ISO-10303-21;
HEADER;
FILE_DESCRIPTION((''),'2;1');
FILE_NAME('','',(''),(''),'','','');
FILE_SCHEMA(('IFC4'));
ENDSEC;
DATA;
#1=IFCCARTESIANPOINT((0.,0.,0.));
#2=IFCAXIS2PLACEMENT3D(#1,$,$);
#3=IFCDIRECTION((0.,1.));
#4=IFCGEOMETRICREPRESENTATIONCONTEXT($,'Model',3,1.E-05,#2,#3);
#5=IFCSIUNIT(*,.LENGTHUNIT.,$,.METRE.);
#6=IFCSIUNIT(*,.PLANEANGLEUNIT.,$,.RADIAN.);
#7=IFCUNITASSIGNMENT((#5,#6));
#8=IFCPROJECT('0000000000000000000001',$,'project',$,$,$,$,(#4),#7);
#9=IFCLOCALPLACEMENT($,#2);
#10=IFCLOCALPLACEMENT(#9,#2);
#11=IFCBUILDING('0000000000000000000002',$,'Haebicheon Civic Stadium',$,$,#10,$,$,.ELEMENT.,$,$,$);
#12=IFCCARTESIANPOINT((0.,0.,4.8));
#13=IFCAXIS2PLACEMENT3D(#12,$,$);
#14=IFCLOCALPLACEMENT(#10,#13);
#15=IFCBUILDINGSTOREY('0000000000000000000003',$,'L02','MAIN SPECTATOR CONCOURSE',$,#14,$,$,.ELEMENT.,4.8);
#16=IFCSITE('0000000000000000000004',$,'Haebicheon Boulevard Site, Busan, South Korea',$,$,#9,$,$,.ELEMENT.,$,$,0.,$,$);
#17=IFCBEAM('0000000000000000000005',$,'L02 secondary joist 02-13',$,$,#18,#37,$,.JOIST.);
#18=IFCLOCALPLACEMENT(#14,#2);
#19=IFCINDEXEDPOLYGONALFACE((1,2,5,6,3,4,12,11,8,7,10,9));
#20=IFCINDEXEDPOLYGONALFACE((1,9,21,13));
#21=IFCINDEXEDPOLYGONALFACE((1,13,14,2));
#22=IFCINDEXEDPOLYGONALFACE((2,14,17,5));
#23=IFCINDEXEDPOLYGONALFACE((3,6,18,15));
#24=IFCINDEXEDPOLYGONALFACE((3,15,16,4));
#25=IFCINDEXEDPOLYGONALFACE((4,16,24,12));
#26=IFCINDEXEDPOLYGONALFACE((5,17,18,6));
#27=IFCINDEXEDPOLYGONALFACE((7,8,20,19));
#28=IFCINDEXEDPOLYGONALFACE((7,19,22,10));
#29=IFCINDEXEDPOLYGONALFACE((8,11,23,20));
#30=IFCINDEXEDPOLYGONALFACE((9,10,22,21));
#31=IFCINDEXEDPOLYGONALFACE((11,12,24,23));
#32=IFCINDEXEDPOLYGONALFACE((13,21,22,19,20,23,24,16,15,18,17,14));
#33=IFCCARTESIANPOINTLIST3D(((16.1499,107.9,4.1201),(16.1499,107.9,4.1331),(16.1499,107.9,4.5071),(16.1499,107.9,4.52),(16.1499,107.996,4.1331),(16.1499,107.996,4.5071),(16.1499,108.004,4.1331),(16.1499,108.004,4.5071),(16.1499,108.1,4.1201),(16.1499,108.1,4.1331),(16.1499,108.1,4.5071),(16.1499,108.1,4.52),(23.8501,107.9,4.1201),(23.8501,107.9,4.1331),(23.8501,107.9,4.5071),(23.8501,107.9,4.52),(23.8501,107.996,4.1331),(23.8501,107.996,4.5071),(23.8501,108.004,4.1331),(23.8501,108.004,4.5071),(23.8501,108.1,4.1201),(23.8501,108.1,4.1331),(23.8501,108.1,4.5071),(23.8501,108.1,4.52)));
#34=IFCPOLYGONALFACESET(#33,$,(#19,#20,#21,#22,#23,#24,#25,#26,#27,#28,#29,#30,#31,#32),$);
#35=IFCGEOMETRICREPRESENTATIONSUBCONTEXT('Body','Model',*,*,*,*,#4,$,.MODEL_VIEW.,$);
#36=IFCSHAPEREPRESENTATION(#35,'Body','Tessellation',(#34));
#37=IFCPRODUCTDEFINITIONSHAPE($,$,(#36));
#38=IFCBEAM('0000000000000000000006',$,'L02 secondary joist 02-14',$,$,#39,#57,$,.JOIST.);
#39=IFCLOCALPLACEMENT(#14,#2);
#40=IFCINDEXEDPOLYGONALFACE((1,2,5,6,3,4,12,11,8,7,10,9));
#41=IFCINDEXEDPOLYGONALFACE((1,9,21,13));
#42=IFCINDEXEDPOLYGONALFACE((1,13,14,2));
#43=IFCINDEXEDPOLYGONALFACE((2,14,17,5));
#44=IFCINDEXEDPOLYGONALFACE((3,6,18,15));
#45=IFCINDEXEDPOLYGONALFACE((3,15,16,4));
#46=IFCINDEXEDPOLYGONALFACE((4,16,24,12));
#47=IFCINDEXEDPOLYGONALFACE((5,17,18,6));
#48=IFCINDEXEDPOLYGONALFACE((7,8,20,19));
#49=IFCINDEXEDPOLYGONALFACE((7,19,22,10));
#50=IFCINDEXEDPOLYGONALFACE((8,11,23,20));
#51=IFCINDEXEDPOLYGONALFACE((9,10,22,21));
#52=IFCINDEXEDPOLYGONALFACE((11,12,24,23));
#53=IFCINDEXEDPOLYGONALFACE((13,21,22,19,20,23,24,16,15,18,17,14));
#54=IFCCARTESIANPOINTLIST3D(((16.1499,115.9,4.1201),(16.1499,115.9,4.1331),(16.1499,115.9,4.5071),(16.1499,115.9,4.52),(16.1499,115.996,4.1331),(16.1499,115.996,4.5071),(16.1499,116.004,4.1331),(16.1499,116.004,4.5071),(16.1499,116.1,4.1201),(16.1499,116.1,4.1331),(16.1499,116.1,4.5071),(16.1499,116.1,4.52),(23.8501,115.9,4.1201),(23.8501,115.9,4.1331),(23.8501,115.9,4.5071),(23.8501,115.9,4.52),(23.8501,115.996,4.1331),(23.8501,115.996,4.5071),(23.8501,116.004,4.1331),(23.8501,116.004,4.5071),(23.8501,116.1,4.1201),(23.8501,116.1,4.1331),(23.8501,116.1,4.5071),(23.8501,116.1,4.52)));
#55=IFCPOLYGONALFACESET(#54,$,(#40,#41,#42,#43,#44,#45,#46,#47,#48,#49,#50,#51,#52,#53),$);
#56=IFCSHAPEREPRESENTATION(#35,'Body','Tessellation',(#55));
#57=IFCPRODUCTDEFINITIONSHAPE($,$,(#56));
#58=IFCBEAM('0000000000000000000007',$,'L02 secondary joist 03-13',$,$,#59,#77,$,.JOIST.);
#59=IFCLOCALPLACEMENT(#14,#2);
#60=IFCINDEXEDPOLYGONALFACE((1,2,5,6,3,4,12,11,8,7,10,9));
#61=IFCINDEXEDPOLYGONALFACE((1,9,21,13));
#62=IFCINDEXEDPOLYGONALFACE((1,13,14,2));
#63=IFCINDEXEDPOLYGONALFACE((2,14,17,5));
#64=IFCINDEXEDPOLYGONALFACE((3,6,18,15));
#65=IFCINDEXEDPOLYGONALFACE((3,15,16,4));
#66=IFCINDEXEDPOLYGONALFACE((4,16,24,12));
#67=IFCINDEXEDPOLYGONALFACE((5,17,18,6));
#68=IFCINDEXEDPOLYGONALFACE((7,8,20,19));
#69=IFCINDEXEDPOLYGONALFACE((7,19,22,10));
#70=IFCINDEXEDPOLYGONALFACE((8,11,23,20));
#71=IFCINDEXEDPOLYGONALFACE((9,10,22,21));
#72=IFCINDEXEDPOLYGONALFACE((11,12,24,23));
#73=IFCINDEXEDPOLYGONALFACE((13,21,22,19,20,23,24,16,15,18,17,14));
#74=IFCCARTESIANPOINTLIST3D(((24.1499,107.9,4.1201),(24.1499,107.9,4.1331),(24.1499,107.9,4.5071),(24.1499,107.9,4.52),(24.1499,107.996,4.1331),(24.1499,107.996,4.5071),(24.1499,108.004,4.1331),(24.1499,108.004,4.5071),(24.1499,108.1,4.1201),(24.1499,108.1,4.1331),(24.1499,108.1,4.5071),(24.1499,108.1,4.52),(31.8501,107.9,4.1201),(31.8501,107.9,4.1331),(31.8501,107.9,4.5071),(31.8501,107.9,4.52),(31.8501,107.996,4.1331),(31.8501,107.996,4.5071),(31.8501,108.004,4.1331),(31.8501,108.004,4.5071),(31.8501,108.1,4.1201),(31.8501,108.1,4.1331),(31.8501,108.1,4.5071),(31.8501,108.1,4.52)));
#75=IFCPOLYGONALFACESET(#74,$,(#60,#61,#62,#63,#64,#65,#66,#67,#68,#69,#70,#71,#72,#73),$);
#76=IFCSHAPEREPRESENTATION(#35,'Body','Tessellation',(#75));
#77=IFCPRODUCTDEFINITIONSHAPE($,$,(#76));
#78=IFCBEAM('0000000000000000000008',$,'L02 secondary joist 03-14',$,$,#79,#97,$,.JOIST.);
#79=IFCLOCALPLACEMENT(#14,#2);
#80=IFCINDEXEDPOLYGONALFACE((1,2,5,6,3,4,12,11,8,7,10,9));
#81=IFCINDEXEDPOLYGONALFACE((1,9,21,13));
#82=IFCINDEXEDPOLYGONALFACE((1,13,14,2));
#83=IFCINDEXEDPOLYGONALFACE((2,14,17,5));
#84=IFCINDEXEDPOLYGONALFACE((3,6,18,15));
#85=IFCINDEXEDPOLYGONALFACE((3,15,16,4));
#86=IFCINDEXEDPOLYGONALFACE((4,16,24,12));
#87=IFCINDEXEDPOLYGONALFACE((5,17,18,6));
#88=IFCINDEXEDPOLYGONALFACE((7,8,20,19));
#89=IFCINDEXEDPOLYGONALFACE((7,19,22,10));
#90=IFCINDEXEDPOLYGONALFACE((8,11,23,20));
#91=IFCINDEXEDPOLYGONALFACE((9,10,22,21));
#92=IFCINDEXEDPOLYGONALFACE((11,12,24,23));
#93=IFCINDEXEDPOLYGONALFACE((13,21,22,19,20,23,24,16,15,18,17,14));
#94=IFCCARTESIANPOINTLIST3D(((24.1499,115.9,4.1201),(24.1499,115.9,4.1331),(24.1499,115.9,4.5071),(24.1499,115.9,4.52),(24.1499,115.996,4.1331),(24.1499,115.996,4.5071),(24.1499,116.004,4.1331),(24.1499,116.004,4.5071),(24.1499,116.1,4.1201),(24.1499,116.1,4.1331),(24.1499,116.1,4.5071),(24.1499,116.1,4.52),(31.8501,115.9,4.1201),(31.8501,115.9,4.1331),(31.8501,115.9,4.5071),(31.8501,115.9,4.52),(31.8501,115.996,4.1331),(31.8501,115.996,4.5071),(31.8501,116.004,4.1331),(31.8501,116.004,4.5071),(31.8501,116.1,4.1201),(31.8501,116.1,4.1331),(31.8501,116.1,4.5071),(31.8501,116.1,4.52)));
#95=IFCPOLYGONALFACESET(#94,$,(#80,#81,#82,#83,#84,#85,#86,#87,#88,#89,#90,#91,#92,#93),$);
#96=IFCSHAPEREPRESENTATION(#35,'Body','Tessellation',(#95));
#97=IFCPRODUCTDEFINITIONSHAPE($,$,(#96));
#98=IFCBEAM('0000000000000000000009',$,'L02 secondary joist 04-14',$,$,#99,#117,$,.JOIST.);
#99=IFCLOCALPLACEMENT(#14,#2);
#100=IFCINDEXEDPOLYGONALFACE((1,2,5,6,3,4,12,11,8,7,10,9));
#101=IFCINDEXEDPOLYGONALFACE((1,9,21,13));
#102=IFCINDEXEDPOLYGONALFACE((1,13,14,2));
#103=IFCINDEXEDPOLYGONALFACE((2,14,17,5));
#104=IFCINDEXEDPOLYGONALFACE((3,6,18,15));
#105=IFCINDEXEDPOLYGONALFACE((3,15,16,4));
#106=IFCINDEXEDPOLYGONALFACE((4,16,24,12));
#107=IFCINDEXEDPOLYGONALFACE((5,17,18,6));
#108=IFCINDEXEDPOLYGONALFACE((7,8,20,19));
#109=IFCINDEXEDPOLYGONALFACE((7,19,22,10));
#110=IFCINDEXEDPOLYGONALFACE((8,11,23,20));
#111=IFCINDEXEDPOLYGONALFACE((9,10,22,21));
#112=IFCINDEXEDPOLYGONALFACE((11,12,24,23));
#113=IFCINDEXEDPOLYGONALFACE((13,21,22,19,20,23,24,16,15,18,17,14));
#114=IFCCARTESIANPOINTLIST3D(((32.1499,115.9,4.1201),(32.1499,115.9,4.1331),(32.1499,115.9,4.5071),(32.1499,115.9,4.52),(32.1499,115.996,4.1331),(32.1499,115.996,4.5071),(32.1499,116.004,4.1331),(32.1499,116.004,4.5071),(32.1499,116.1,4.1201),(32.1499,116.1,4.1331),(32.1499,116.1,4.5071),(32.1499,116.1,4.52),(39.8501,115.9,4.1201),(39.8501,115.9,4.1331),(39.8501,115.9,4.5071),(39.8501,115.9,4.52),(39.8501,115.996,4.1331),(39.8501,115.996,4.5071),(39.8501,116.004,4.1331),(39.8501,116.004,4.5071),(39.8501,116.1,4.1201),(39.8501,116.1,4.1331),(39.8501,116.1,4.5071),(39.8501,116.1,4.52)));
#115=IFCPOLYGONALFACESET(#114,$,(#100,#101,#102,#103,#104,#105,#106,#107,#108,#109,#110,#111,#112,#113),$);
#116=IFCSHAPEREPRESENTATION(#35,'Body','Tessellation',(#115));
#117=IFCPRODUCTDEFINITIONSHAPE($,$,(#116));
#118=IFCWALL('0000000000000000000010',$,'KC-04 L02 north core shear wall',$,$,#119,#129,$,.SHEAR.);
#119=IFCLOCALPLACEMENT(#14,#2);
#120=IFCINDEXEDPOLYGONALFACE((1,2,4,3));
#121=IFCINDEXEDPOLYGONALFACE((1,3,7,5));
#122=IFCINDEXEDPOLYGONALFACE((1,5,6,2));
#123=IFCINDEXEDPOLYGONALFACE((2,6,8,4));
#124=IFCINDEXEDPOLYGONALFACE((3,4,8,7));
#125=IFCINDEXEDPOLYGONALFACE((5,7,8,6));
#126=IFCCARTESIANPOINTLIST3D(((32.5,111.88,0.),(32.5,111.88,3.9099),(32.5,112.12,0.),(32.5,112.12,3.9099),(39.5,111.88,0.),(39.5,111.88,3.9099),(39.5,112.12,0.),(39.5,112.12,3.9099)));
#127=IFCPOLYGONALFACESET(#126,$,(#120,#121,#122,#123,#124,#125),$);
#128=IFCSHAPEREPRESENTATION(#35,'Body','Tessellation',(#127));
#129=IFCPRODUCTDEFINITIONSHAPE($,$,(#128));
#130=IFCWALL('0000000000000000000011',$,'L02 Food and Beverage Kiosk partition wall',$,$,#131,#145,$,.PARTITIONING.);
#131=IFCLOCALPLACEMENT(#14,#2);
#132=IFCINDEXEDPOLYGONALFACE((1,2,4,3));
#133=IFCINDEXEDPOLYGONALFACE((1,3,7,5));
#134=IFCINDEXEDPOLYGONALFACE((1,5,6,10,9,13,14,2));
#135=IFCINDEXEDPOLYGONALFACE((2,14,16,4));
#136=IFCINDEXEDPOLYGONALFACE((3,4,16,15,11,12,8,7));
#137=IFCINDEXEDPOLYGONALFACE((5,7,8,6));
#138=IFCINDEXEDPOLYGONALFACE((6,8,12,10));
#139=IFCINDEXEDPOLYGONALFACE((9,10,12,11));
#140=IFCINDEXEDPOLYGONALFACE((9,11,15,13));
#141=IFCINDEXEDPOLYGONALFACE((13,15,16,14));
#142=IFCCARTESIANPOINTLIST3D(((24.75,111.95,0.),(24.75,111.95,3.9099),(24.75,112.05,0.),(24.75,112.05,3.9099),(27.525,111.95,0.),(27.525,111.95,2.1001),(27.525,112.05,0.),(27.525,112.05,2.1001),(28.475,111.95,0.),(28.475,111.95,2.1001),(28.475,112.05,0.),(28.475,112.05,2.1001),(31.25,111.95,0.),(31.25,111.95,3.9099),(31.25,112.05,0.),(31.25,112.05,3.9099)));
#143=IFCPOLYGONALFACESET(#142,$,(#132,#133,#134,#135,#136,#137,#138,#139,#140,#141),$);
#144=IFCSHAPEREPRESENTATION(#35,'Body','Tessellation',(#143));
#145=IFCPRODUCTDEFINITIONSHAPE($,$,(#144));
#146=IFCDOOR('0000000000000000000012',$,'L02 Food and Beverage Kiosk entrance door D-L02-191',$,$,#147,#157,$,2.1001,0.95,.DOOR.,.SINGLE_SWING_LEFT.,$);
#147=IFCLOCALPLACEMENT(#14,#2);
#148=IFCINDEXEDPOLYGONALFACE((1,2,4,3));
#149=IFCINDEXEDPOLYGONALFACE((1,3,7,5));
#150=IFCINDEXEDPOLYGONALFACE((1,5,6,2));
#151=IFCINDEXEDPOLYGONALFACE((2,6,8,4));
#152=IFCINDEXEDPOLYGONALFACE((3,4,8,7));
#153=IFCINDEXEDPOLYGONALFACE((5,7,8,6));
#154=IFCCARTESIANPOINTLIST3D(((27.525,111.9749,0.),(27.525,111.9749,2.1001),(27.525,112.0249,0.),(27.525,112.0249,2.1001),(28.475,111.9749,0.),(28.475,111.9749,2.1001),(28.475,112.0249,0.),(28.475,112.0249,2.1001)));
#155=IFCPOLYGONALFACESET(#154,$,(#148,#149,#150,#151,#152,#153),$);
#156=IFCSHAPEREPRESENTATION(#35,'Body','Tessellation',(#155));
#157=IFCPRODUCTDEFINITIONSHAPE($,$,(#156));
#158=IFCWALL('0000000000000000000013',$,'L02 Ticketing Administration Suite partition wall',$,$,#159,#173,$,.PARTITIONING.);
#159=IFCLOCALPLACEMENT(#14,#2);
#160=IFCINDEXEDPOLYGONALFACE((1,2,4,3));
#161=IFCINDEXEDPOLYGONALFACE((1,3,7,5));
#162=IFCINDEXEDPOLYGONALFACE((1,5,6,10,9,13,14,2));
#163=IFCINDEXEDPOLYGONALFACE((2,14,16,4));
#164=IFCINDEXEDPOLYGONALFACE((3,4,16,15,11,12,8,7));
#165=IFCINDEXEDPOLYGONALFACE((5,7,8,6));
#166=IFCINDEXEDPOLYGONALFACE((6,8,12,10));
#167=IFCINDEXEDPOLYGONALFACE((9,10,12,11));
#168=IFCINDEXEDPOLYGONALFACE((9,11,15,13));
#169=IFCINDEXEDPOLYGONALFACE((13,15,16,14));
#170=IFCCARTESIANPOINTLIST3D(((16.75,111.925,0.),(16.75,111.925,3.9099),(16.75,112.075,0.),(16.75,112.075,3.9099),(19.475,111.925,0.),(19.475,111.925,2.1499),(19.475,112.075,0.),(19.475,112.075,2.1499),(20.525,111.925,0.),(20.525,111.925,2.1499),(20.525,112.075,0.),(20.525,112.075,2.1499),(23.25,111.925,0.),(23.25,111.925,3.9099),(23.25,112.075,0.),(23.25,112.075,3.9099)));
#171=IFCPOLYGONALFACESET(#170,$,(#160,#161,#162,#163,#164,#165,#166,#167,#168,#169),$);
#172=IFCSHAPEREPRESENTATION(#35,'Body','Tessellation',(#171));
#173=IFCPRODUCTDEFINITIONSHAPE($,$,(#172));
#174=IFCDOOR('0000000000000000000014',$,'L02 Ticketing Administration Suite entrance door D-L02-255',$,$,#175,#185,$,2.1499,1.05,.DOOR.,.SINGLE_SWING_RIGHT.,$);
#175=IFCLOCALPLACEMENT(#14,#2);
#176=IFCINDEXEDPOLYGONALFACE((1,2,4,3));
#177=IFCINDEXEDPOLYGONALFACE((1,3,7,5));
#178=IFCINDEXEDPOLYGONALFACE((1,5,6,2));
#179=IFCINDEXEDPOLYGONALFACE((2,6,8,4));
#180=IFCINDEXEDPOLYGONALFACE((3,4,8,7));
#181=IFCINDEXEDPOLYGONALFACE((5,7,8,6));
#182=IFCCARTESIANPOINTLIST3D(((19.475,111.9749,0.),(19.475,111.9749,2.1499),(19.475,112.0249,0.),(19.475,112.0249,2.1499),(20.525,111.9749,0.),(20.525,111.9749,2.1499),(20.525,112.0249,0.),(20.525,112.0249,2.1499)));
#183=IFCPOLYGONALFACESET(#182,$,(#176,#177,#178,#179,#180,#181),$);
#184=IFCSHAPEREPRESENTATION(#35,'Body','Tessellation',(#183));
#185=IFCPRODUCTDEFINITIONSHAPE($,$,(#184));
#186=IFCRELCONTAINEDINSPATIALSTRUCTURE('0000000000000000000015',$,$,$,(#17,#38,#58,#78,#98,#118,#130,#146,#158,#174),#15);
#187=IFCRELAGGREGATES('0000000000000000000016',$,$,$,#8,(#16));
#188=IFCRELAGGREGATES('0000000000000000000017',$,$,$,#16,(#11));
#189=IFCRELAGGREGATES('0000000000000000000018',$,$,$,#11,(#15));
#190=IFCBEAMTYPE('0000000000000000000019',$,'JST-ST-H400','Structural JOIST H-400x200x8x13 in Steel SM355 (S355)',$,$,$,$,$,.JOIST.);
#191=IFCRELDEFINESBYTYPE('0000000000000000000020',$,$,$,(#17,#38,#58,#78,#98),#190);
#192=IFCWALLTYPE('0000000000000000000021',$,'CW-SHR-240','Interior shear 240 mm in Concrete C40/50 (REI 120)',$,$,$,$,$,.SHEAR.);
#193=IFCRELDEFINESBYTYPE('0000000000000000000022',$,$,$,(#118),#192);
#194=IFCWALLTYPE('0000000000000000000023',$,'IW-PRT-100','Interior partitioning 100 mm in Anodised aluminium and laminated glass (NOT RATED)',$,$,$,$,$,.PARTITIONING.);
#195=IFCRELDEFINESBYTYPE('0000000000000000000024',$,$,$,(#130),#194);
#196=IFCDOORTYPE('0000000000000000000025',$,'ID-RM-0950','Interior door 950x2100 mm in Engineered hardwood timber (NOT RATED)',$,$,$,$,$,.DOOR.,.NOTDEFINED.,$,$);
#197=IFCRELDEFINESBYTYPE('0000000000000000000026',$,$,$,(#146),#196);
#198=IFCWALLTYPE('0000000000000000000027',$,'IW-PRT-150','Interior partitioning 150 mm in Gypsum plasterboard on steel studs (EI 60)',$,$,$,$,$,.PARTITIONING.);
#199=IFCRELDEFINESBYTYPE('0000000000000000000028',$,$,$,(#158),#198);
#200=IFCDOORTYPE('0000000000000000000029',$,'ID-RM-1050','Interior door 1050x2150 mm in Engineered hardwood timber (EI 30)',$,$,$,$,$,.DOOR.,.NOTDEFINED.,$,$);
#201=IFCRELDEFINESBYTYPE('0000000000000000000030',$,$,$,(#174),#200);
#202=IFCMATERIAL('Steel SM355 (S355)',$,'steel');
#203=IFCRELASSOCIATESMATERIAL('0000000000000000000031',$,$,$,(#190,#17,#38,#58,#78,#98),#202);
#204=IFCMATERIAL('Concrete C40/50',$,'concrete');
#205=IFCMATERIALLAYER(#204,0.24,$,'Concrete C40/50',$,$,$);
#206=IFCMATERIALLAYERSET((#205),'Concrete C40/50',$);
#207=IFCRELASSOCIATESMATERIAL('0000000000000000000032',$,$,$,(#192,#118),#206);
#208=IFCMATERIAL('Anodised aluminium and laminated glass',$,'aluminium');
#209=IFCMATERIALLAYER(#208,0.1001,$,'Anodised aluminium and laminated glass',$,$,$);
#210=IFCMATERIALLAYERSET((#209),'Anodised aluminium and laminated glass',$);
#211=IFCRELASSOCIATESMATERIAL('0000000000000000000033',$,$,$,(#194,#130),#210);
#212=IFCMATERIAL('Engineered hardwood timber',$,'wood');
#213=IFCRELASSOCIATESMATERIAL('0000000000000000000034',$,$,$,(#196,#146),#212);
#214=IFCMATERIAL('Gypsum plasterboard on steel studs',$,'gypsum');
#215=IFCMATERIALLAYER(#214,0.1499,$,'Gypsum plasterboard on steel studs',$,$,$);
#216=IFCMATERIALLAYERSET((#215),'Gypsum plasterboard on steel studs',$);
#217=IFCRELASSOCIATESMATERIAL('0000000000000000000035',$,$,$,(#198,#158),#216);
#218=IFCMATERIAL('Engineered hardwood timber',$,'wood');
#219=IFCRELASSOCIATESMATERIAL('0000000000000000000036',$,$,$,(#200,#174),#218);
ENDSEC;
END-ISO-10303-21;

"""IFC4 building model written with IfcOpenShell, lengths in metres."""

from ifc_helpers import new_model, si_unit, direction, frame, frame_2d, origin, origin_2d, place, context, subcontext, project, spatial, rectangle, i_section, extrude, material, layer, layer_set, material_profile, profile_set, type_object, element, fill, save


model = new_model("IFC4")

# Units and contexts
model_context = context("Model", 3, precision=1e-05, world=origin(), true_north=direction((0.0, 1.0)))
body_context = subcontext(model_context, "Body", "Model", "MODEL_VIEW")
ifc_project = project(units=[si_unit("LENGTHUNIT", "METRE"), si_unit("PLANEANGLEUNIT", "RADIAN")], contexts=[model_context])

# Site, building, storey
site_placement = place(None, origin())
site = spatial("IfcSite", under=ifc_project, at=site_placement, Name="Haebicheon Boulevard Site, Busan, South Korea", CompositionType="ELEMENT", RefElevation=0.0)
building_placement = place(site_placement, origin())
building = spatial("IfcBuilding", under=site, at=building_placement, Name="Haebicheon Civic Stadium", CompositionType="ELEMENT")
storey_placement = place(building_placement, frame((0.0, 0.0, 4.8)))
storey = spatial("IfcBuildingStorey", under=building, at=storey_placement, Name="L02", Description="MAIN SPECTATOR CONCOURSE", CompositionType="ELEMENT", Elevation=4.8)

# Beams
ifc_material_1 = material(Name="Steel SM355 (S355)", Category="steel")
ifc_material_profile_1 = material_profile(ifc_material_1, i_section(OverallWidth=0.2, OverallDepth=0.3999, WebThickness=0.0081, FlangeThickness=0.0129, at=origin_2d()), Name="H-400x200x8x13")
ifc_profile_set_1 = profile_set([ifc_material_profile_1], Name="Steel SM355 (S355)")
beam_type_1 = type_object("IfcBeamType", Name="JST-ST-H400", Description="Structural JOIST H-400x200x8x13 in Steel SM355 (S355)", PredefinedType="JOIST", material=ifc_profile_set_1)
for number, where, z_axis, x_axis, name in (
    (1, (16.1499, 108.0, 4.3201), (1.0, 0.0, 0.0), (0.0, 1.0, 0.0), "L02 secondary joist 02-13"),
    (2, (16.1499, 116.0, 4.3201), (1.0, 0.0, 0.0), (0.0, 1.0, 0.0), "L02 secondary joist 02-14"),
    (3, (24.1499, 108.0, 4.3201), (1.0, 0.0, 0.0), (0.0, 1.0, 0.0), "L02 secondary joist 03-13"),
    (4, (24.1499, 116.0, 4.3201), (1.0, 0.0, 0.0), (0.0, 1.0, 0.0), "L02 secondary joist 03-14"),
    (5, (32.1499, 116.0, 4.3201), (1.0, 0.0, 0.0), (0.0, 1.0, 0.0), "L02 secondary joist 04-14"),
):
    element("IfcBeam", number, at=place(storey_placement, frame(where, z_axis=z_axis, x_axis=x_axis)), inside=storey, type_object=beam_type_1, material=ifc_profile_set_1, Name=name, PredefinedType="JOIST", context=body_context, shape_type="SweptSolid", body=[
        extrude(i_section(OverallWidth=0.2, OverallDepth=0.3999, WebThickness=0.0081, FlangeThickness=0.0129, at=origin_2d()), origin(), (0.0, 0.0, 1.0), 7.7002),
    ])

# Wall
ifc_material_2 = material(Name="Concrete C40/50", Category="concrete")
ifc_layer_1 = layer(ifc_material_2, 0.24, Name="Concrete C40/50")
ifc_layer_set_1 = layer_set([ifc_layer_1], Name="Concrete C40/50")
wall_type_1 = type_object("IfcWallType", Name="CW-SHR-240", Description="Interior shear 240 mm in Concrete C40/50 (REI 120)", PredefinedType="SHEAR", material=ifc_layer_set_1)
wall_1_placement = place(storey_placement, frame((32.5, 112.0, 0.0), z_axis=(0.0, 0.0, 1.0), x_axis=(1.0, 0.0, 0.0)))
element("IfcWall", 6, at=wall_1_placement, inside=storey, type_object=wall_type_1, material=ifc_layer_set_1, Name="KC-04 L02 north core shear wall", PredefinedType="SHEAR", context=body_context, shape_type="SweptSolid", body=[
    extrude(rectangle(XDim=7.0, YDim=0.24, at=frame_2d((3.5, 0.0))), origin(), (0.0, 0.0, 1.0), 3.9099),
])

# Walls, openings, doors
ifc_material_3 = material(Name="Anodised aluminium and laminated glass", Category="aluminium")
ifc_layer_2 = layer(ifc_material_3, 0.1001, Name="Anodised aluminium and laminated glass")
ifc_layer_set_2 = layer_set([ifc_layer_2], Name="Anodised aluminium and laminated glass")
wall_type_2 = type_object("IfcWallType", Name="IW-PRT-100", Description="Interior partitioning 100 mm in Anodised aluminium and laminated glass (NOT RATED)", PredefinedType="PARTITIONING", material=ifc_layer_set_2)
wall_2_placement = place(storey_placement, frame((24.75, 112.0, 0.0), z_axis=(0.0, 0.0, 1.0), x_axis=(1.0, 0.0, 0.0)))
wall_2 = element("IfcWall", 7, at=wall_2_placement, inside=storey, type_object=wall_type_2, material=ifc_layer_set_2, Name="L02 Food and Beverage Kiosk partition wall", PredefinedType="PARTITIONING", context=body_context, shape_type="SweptSolid", body=[
    extrude(rectangle(XDim=6.5, YDim=0.1001, at=frame_2d((3.25, 0.0))), origin(), (0.0, 0.0, 1.0), 3.9099),
])
opening_1_placement = place(wall_2_placement, frame((2.7749, 0.0, 0.0)))
opening_1 = element("IfcOpeningElement", 8, at=opening_1_placement, cuts=wall_2, PredefinedType="OPENING", context=body_context, shape_type="SweptSolid", body=[
    extrude(rectangle(XDim=0.95, YDim=2.1001, at=frame_2d((0.4751, 1.05))), frame((0.0, 0.0601, 0.0), z_axis=(0.0, -1.0, 0.0), x_axis=(1.0, 0.0, 0.0)), (0.0, 0.0, 1.0), 0.1201),
])
ifc_material_4 = material(Name="Engineered hardwood timber", Category="wood")
door_type_1 = type_object("IfcDoorType", Name="ID-RM-0950", Description="Interior door 950x2100 mm in Engineered hardwood timber (NOT RATED)", OperationType="NOTDEFINED", PredefinedType="DOOR", material=ifc_material_4)
door_1_placement = place(opening_1_placement, origin())
door_1 = element("IfcDoor", 9, at=door_1_placement, inside=storey, type_object=door_type_1, material=ifc_material_4, Name="L02 Food and Beverage Kiosk entrance door D-L02-191", OperationType="SINGLE_SWING_LEFT", OverallHeight=2.1001, OverallWidth=0.95, PredefinedType="DOOR", context=body_context, shape_type="SweptSolid", body=[
    extrude(rectangle(XDim=0.95, YDim=2.1001, at=frame_2d((0.4751, 1.05))), frame((0.0, 0.0249, 0.0), z_axis=(0.0, -1.0, 0.0), x_axis=(1.0, 0.0, 0.0)), (0.0, 0.0, 1.0), 0.05),
])
fill(opening_1, door_1)
ifc_material_5 = material(Name="Gypsum plasterboard on steel studs", Category="gypsum")
ifc_layer_3 = layer(ifc_material_5, 0.1499, Name="Gypsum plasterboard on steel studs")
ifc_layer_set_3 = layer_set([ifc_layer_3], Name="Gypsum plasterboard on steel studs")
wall_type_3 = type_object("IfcWallType", Name="IW-PRT-150", Description="Interior partitioning 150 mm in Gypsum plasterboard on steel studs (EI 60)", PredefinedType="PARTITIONING", material=ifc_layer_set_3)
wall_3_placement = place(storey_placement, frame((16.75, 112.0, 0.0), z_axis=(0.0, 0.0, 1.0), x_axis=(1.0, 0.0, 0.0)))
wall_3 = element("IfcWall", 10, at=wall_3_placement, inside=storey, type_object=wall_type_3, material=ifc_layer_set_3, Name="L02 Ticketing Administration Suite partition wall", PredefinedType="PARTITIONING", context=body_context, shape_type="SweptSolid", body=[
    extrude(rectangle(XDim=6.5, YDim=0.1499, at=frame_2d((3.25, 0.0))), origin(), (0.0, 0.0, 1.0), 3.9099),
])
opening_2_placement = place(wall_3_placement, frame((2.7251, 0.0, 0.0)))
opening_2 = element("IfcOpeningElement", 11, at=opening_2_placement, cuts=wall_3, PredefinedType="OPENING", context=body_context, shape_type="SweptSolid", body=[
    extrude(rectangle(XDim=1.05, YDim=2.1499, at=frame_2d((0.5249, 1.075))), frame((0.0, 0.085, 0.0), z_axis=(0.0, -1.0, 0.0), x_axis=(1.0, 0.0, 0.0)), (0.0, 0.0, 1.0), 0.1699),
])
ifc_material_6 = material(Name="Engineered hardwood timber", Category="wood")
door_type_2 = type_object("IfcDoorType", Name="ID-RM-1050", Description="Interior door 1050x2150 mm in Engineered hardwood timber (EI 30)", OperationType="NOTDEFINED", PredefinedType="DOOR", material=ifc_material_6)
door_2_placement = place(opening_2_placement, origin())
door_2 = element("IfcDoor", 12, at=door_2_placement, inside=storey, type_object=door_type_2, material=ifc_material_6, Name="L02 Ticketing Administration Suite entrance door D-L02-255", OperationType="SINGLE_SWING_RIGHT", OverallHeight=2.1499, OverallWidth=1.05, PredefinedType="DOOR", context=body_context, shape_type="SweptSolid", body=[
    extrude(rectangle(XDim=1.05, YDim=2.1499, at=frame_2d((0.5249, 1.075))), frame((0.0, 0.0249, 0.0), z_axis=(0.0, -1.0, 0.0), x_axis=(1.0, 0.0, 0.0)), (0.0, 0.0, 1.0), 0.05),
])
fill(opening_2, door_2)

save(model, "model.ifc")
